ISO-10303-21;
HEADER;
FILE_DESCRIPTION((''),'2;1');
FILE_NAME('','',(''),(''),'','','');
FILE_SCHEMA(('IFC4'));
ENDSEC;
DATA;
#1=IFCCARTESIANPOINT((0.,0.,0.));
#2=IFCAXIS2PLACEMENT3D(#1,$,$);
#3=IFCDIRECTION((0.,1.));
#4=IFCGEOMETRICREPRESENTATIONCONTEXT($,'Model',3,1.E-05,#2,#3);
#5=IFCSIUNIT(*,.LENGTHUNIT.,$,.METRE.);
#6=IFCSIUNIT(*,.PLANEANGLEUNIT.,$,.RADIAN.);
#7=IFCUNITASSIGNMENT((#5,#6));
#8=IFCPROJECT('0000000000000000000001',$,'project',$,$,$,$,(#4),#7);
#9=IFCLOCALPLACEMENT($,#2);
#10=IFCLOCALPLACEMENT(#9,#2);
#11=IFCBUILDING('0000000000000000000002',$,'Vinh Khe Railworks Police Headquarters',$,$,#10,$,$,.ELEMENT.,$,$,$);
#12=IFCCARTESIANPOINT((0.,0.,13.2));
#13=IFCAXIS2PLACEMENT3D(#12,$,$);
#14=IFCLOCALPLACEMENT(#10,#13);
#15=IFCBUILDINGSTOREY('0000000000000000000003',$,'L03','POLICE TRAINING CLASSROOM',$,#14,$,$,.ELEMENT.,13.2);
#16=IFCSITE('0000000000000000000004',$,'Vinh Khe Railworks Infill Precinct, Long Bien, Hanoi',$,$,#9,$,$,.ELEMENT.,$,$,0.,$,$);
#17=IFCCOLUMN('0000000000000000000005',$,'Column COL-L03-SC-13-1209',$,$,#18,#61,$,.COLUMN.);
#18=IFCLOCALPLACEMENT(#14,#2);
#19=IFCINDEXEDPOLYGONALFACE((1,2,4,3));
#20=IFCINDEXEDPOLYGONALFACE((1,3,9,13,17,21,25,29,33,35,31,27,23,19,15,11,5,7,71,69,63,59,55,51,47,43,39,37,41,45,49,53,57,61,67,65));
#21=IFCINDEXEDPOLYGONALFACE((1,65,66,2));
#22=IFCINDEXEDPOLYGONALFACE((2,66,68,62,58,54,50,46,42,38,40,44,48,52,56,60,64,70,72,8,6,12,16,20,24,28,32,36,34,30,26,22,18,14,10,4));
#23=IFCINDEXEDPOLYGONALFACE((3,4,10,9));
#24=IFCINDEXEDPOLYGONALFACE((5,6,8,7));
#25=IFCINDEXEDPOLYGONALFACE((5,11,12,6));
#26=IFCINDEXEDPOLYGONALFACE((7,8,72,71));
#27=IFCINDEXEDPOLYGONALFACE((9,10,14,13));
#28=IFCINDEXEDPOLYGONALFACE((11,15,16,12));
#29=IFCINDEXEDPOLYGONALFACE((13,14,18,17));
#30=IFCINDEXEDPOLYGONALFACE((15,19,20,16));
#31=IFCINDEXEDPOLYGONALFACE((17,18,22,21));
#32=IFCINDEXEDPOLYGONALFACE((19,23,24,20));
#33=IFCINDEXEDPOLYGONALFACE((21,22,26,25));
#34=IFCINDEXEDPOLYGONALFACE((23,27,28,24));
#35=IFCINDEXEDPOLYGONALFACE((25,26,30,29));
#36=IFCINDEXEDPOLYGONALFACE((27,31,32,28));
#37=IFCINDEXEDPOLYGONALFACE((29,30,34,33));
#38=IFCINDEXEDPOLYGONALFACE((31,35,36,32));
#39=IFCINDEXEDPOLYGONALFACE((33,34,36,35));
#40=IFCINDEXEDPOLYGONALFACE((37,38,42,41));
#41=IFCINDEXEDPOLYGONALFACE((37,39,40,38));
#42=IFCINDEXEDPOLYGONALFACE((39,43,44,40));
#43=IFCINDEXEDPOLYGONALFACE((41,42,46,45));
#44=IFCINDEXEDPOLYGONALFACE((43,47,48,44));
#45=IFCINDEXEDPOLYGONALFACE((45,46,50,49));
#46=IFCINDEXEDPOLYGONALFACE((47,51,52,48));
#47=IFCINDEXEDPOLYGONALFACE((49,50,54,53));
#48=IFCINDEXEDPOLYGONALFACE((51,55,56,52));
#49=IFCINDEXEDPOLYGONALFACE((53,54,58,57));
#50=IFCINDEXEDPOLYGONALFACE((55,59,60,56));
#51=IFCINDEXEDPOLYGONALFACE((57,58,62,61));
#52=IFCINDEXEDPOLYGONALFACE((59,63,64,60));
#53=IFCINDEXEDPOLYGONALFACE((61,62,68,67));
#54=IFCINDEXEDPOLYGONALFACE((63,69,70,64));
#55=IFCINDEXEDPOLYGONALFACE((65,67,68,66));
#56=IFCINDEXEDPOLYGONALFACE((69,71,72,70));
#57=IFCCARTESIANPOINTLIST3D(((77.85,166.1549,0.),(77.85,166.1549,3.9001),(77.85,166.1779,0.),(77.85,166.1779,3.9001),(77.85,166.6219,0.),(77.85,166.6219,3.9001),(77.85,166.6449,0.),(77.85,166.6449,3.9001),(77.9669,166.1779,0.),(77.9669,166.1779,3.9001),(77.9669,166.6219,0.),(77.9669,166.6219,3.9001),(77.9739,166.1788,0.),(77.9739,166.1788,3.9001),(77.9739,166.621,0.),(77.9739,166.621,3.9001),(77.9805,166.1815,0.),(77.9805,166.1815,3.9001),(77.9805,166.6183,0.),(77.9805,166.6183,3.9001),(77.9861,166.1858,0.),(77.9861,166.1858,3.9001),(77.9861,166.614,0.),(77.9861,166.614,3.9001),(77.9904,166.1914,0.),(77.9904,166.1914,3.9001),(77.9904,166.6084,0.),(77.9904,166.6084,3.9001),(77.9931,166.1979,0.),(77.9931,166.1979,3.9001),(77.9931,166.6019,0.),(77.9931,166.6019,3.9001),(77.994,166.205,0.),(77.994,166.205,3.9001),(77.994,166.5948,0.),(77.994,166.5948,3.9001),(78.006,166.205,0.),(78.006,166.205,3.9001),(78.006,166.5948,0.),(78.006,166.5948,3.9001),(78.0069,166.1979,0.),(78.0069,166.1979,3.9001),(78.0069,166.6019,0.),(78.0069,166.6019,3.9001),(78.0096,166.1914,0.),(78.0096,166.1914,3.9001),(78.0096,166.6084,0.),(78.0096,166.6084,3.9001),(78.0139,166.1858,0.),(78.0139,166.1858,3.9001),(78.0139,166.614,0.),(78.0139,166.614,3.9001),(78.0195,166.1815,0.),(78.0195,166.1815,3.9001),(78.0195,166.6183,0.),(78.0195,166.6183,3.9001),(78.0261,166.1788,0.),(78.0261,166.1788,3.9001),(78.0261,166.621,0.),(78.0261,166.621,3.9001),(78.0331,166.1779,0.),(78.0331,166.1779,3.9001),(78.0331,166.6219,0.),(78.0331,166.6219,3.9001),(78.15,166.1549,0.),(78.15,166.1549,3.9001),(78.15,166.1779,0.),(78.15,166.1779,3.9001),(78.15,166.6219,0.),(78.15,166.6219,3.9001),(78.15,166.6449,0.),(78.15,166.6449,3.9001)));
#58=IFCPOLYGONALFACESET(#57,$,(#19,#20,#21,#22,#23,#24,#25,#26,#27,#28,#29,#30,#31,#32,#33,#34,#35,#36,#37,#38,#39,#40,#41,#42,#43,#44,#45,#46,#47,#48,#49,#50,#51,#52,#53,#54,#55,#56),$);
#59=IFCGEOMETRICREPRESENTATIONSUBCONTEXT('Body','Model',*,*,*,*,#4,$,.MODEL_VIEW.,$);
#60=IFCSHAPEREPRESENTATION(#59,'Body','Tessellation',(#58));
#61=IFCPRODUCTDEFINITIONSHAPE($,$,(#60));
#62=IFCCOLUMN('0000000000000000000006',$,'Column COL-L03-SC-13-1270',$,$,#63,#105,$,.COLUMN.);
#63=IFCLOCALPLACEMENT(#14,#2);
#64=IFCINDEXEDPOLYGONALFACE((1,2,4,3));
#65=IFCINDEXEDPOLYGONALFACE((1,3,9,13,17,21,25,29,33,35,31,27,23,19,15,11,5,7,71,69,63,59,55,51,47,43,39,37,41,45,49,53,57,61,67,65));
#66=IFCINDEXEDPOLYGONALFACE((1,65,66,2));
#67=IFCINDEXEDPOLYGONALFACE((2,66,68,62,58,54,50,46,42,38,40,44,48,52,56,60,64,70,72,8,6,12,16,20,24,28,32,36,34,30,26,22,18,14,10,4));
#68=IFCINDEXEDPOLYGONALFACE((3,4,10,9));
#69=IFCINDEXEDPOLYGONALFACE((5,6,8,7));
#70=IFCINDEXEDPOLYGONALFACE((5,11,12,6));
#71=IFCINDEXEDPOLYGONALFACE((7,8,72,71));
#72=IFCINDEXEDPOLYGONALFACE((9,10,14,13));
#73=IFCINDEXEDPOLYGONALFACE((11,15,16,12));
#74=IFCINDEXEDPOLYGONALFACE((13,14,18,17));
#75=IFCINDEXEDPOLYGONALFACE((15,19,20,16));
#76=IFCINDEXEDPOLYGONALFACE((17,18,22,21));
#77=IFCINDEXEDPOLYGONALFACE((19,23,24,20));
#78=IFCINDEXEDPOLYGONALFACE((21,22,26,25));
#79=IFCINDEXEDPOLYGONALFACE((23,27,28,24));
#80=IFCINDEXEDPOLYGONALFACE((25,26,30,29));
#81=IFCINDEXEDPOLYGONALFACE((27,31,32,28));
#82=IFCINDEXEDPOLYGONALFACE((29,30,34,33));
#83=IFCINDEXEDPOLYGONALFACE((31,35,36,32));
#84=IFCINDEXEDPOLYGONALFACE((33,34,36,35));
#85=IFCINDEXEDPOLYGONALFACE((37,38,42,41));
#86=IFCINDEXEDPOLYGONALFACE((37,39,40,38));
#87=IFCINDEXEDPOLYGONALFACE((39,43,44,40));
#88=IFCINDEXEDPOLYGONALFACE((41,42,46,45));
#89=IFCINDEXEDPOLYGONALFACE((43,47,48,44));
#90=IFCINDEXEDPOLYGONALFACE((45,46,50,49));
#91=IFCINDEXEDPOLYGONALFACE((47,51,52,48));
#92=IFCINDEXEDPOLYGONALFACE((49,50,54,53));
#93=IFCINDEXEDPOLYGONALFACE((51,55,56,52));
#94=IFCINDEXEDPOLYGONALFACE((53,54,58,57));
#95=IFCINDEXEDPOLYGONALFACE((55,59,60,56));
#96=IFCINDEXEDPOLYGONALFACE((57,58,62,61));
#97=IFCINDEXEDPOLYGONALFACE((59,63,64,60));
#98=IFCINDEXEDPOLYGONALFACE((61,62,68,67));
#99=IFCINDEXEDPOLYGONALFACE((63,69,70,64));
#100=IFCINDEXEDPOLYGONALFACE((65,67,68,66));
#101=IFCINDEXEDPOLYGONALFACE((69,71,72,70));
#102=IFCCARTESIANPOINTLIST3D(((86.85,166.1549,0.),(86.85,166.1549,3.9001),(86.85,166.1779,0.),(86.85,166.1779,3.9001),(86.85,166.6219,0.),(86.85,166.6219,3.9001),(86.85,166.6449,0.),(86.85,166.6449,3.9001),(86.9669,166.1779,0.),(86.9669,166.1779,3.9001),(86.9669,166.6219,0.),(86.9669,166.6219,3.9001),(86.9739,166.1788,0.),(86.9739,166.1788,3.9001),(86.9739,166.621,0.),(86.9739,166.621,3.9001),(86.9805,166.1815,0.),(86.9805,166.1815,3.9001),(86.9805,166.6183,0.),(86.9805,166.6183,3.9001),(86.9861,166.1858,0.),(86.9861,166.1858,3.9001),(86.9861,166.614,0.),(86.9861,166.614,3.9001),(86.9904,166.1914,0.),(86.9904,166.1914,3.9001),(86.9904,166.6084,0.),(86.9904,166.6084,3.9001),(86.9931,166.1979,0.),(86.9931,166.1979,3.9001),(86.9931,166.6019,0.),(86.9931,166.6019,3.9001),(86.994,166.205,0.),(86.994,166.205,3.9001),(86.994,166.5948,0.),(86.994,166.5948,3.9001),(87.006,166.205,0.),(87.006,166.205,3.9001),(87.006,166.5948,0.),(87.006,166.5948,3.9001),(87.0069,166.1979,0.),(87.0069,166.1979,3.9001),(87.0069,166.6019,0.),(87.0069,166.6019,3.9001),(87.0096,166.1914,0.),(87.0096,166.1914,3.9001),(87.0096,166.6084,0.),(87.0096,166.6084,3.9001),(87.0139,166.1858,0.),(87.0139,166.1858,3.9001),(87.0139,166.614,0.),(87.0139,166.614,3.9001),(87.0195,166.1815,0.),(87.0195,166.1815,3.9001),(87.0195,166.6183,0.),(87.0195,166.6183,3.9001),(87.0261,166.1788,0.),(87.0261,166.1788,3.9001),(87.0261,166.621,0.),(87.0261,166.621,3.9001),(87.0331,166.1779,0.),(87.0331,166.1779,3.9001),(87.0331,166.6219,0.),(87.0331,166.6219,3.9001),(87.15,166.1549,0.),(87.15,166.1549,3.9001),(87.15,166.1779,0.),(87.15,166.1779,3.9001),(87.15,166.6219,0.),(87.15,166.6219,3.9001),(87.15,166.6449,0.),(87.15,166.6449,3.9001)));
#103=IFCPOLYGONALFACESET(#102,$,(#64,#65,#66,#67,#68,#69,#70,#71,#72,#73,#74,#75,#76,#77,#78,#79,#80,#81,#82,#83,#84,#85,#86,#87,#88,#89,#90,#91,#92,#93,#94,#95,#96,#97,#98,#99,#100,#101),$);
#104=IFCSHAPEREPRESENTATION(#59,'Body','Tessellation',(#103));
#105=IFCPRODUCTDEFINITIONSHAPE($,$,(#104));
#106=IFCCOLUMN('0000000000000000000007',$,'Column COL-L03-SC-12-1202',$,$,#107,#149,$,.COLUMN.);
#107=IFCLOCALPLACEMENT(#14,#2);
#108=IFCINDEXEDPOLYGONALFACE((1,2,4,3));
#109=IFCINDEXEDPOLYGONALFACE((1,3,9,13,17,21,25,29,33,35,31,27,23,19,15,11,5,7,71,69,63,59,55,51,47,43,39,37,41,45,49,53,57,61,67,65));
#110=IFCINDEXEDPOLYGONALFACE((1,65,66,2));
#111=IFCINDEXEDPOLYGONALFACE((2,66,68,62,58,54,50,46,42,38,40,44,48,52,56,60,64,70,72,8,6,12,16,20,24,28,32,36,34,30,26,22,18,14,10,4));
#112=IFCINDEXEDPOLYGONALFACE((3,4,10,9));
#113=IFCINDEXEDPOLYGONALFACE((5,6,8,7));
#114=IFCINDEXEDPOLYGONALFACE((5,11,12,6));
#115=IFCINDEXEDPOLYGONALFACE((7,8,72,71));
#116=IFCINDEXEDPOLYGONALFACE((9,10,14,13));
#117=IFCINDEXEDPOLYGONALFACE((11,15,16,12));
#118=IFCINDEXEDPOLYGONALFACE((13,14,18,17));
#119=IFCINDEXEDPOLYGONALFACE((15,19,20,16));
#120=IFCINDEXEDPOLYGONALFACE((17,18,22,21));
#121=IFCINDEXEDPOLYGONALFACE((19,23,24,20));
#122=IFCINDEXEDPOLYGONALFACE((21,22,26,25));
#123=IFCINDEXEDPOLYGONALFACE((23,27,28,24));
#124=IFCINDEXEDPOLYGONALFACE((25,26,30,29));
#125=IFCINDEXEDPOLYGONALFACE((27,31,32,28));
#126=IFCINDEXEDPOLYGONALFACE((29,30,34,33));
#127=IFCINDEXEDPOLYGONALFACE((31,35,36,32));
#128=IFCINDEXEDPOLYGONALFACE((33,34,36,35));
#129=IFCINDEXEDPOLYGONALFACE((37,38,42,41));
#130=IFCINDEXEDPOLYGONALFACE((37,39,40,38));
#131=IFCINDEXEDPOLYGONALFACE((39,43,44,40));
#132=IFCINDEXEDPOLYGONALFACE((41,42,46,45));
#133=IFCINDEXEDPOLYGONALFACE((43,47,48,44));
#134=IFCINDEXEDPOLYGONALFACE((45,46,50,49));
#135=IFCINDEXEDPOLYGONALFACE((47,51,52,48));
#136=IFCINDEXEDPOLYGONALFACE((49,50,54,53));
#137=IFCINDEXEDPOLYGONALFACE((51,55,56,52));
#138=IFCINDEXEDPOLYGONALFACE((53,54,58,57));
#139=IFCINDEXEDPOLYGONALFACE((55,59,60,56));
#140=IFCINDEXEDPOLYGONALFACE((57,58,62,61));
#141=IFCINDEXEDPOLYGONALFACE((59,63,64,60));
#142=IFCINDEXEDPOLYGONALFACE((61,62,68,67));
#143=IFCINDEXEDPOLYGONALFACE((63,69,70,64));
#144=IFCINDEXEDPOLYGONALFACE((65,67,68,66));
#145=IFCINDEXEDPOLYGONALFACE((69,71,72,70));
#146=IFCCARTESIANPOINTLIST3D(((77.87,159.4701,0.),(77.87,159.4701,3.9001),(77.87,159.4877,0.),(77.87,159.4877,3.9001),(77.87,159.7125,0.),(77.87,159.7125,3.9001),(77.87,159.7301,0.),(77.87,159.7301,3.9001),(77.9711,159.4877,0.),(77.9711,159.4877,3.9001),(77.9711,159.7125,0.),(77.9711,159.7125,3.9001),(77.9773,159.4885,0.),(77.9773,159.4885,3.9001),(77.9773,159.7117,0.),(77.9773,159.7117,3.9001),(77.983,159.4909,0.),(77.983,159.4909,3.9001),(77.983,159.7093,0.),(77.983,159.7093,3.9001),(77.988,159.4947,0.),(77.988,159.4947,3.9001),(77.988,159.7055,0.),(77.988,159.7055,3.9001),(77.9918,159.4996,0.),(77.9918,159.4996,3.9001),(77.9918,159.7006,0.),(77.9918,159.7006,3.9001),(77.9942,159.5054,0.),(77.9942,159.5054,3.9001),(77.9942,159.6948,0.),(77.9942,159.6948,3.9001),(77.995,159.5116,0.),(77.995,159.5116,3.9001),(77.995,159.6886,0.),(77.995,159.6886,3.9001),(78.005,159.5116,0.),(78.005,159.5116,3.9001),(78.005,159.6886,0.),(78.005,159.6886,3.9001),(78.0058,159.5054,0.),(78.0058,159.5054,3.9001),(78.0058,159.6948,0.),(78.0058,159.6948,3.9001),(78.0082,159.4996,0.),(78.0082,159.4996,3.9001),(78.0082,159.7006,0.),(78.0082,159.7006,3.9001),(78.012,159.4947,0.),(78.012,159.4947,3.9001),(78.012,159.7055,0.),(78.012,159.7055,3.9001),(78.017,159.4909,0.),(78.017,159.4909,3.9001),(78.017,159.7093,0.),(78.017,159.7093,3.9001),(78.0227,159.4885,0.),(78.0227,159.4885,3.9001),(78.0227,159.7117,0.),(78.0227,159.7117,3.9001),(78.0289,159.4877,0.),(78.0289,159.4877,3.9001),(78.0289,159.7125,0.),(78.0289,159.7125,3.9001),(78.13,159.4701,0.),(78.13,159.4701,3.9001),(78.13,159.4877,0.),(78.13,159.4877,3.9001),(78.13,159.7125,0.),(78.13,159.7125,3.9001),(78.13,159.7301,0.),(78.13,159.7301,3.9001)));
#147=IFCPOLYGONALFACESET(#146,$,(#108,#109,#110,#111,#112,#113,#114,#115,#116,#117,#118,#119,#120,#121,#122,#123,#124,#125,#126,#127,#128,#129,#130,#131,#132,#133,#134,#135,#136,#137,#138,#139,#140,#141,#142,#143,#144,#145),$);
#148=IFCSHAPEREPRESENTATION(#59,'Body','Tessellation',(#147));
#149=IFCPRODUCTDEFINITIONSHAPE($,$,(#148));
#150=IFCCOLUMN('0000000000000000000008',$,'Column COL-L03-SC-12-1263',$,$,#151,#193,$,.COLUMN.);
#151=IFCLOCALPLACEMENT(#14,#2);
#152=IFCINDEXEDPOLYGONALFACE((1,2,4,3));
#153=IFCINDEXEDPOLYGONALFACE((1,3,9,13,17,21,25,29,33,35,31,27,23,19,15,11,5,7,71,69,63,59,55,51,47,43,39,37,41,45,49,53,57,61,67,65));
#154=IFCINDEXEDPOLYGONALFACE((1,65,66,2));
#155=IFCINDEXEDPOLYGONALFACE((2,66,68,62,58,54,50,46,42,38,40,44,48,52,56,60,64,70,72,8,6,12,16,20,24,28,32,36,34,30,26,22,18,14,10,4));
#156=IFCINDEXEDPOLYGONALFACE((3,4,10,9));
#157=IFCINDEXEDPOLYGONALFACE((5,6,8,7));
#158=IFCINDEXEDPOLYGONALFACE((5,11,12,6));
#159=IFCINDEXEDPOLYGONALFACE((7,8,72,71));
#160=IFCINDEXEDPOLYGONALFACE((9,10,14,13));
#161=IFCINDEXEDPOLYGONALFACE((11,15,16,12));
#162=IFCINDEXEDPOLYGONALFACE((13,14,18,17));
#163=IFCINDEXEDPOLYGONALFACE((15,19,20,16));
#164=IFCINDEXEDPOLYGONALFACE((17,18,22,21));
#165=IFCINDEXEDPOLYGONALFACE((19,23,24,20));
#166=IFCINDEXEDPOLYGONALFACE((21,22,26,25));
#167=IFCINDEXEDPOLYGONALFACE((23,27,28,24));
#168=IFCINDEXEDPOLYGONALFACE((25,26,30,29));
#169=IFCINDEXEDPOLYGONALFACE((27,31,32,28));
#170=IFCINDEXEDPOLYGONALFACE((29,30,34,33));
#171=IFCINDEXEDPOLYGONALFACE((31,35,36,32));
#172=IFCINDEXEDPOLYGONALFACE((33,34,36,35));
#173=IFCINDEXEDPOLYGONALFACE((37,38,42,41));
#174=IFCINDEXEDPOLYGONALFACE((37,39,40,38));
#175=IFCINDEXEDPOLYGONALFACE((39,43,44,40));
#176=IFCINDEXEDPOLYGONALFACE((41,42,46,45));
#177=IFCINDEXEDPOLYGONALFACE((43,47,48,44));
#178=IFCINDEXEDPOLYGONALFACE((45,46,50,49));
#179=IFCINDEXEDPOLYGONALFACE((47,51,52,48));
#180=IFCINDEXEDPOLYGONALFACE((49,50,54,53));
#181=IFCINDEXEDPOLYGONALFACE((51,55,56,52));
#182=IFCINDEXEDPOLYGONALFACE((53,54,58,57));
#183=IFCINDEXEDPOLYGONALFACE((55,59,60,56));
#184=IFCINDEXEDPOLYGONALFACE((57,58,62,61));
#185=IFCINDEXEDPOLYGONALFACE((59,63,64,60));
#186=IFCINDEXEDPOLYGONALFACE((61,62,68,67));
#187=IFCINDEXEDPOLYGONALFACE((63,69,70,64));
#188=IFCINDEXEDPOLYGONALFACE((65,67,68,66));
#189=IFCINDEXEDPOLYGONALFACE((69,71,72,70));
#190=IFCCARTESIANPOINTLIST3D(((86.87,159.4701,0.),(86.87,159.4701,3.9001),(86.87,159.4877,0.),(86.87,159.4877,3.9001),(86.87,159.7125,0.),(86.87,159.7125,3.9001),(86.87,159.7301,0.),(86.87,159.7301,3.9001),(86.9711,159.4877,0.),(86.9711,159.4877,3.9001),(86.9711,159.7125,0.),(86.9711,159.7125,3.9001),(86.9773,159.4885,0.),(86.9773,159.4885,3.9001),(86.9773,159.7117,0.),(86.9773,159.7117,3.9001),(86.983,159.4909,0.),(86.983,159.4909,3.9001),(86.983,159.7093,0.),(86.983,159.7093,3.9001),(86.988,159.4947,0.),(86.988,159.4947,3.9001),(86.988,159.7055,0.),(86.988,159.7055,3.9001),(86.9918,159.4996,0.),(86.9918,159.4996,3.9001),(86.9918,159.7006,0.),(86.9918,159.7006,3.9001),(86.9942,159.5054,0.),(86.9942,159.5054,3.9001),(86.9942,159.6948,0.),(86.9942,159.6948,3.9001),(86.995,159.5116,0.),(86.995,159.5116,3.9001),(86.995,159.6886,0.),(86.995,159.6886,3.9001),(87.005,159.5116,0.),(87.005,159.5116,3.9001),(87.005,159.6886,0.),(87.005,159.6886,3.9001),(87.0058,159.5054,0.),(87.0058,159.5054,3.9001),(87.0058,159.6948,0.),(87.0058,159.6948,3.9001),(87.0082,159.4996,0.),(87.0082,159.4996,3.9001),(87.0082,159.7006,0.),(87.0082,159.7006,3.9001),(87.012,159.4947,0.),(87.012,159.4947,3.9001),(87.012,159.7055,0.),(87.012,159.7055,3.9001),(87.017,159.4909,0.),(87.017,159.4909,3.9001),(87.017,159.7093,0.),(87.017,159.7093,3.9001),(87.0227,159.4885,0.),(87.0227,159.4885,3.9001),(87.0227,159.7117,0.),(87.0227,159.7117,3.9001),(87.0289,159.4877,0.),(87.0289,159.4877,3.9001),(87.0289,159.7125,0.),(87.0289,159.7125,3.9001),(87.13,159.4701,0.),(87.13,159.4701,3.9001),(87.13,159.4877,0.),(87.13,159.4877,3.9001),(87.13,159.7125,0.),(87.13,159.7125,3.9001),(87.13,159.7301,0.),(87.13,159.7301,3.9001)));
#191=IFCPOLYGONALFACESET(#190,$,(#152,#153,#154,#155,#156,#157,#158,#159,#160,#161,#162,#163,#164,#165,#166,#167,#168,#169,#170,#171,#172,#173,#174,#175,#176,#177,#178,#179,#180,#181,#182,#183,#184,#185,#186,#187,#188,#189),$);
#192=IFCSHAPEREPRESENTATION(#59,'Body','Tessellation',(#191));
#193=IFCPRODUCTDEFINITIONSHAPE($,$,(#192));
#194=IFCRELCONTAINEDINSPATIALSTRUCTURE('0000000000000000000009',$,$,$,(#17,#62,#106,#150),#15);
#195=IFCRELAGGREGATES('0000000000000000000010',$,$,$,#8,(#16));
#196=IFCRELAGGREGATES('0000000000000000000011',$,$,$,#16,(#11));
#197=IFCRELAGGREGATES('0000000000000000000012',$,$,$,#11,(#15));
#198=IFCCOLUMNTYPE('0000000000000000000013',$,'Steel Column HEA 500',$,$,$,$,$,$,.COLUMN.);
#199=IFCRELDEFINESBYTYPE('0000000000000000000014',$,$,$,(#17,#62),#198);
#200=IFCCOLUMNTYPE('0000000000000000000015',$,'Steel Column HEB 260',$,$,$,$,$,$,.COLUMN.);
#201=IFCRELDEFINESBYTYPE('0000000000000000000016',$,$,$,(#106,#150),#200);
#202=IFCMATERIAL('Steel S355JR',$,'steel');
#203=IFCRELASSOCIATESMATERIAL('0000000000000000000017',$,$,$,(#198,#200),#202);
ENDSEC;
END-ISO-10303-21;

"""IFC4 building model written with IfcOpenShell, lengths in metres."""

from ifc_helpers import new_model, si_unit, direction, frame, origin, origin_2d, place, context, subcontext, project, spatial, i_section, extrude, material, material_profile, profile_set, type_object, element, save


model = new_model("IFC4")

# Units and contexts
model_context = context("Model", 3, precision=1e-05, world=origin(), true_north=direction((0.0, 1.0)))
body_context = subcontext(model_context, "Body", "Model", "MODEL_VIEW")
ifc_project = project(units=[si_unit("LENGTHUNIT", "METRE"), si_unit("PLANEANGLEUNIT", "RADIAN")], contexts=[model_context])

# Site, building, storey
site_placement = place(None, origin())
site = spatial("IfcSite", under=ifc_project, at=site_placement, Name="Vinh Khe Railworks Infill Precinct, Long Bien, Hanoi", CompositionType="ELEMENT", RefElevation=0.0)
building_placement = place(site_placement, origin())
building = spatial("IfcBuilding", under=site, at=building_placement, Name="Vinh Khe Railworks Police Headquarters", CompositionType="ELEMENT")
storey_placement = place(building_placement, frame((0.0, 0.0, 13.2)))
storey = spatial("IfcBuildingStorey", under=building, at=storey_placement, Name="L03", Description="POLICE TRAINING CLASSROOM", CompositionType="ELEMENT", Elevation=13.2)

# Columns
ifc_material_1 = material(Name="Steel S355JR", Category="steel")
ifc_material_profile_1 = material_profile(ifc_material_1, i_section(OverallWidth=0.3, OverallDepth=0.49, WebThickness=0.012, FlangeThickness=0.0229, FilletRadius=0.0271, at=origin_2d()), Name="HEA 500")
ifc_profile_set_1 = profile_set([ifc_material_profile_1], Name="Steel S355JR")
column_type_1 = type_object("IfcColumnType", Name="Steel Column HEA 500", PredefinedType="COLUMN", material=ifc_profile_set_1)
for number, where, z_axis, x_axis, name in (
    (1, (78.0, 166.3999, 0.0), (0.0, 0.0, 1.0), (1.0, 0.0, 0.0), "Column COL-L03-SC-13-1209"),
    (2, (87.0, 166.3999, 0.0), (0.0, 0.0, 1.0), (1.0, 0.0, 0.0), "Column COL-L03-SC-13-1270"),
):
    element("IfcColumn", number, at=place(storey_placement, frame(where, z_axis=z_axis, x_axis=x_axis)), inside=storey, type_object=column_type_1, Name=name, PredefinedType="COLUMN", context=body_context, shape_type="SweptSolid", body=[
        extrude(i_section(OverallWidth=0.3, OverallDepth=0.49, WebThickness=0.012, FlangeThickness=0.0229, FilletRadius=0.0271, at=origin_2d()), origin(), (0.0, 0.0, 1.0), 3.9001),
    ])
ifc_material_profile_2 = material_profile(ifc_material_1, i_section(OverallWidth=0.26, OverallDepth=0.26, WebThickness=0.01, FlangeThickness=0.0176, FilletRadius=0.0239, at=origin_2d()), Name="HEB 260")
ifc_profile_set_2 = profile_set([ifc_material_profile_2], Name="Steel S355JR")
column_type_2 = type_object("IfcColumnType", Name="Steel Column HEB 260", PredefinedType="COLUMN", material=ifc_profile_set_2)
for number, where, z_axis, x_axis, name in (
    (3, (78.0, 159.6001, 0.0), (0.0, 0.0, 1.0), (1.0, 0.0, 0.0), "Column COL-L03-SC-12-1202"),
    (4, (87.0, 159.6001, 0.0), (0.0, 0.0, 1.0), (1.0, 0.0, 0.0), "Column COL-L03-SC-12-1263"),
):
    element("IfcColumn", number, at=place(storey_placement, frame(where, z_axis=z_axis, x_axis=x_axis)), inside=storey, type_object=column_type_2, Name=name, PredefinedType="COLUMN", context=body_context, shape_type="SweptSolid", body=[
        extrude(i_section(OverallWidth=0.26, OverallDepth=0.26, WebThickness=0.01, FlangeThickness=0.0176, FilletRadius=0.0239, at=origin_2d()), origin(), (0.0, 0.0, 1.0), 3.9001),
    ])

save(model, "model.ifc")
